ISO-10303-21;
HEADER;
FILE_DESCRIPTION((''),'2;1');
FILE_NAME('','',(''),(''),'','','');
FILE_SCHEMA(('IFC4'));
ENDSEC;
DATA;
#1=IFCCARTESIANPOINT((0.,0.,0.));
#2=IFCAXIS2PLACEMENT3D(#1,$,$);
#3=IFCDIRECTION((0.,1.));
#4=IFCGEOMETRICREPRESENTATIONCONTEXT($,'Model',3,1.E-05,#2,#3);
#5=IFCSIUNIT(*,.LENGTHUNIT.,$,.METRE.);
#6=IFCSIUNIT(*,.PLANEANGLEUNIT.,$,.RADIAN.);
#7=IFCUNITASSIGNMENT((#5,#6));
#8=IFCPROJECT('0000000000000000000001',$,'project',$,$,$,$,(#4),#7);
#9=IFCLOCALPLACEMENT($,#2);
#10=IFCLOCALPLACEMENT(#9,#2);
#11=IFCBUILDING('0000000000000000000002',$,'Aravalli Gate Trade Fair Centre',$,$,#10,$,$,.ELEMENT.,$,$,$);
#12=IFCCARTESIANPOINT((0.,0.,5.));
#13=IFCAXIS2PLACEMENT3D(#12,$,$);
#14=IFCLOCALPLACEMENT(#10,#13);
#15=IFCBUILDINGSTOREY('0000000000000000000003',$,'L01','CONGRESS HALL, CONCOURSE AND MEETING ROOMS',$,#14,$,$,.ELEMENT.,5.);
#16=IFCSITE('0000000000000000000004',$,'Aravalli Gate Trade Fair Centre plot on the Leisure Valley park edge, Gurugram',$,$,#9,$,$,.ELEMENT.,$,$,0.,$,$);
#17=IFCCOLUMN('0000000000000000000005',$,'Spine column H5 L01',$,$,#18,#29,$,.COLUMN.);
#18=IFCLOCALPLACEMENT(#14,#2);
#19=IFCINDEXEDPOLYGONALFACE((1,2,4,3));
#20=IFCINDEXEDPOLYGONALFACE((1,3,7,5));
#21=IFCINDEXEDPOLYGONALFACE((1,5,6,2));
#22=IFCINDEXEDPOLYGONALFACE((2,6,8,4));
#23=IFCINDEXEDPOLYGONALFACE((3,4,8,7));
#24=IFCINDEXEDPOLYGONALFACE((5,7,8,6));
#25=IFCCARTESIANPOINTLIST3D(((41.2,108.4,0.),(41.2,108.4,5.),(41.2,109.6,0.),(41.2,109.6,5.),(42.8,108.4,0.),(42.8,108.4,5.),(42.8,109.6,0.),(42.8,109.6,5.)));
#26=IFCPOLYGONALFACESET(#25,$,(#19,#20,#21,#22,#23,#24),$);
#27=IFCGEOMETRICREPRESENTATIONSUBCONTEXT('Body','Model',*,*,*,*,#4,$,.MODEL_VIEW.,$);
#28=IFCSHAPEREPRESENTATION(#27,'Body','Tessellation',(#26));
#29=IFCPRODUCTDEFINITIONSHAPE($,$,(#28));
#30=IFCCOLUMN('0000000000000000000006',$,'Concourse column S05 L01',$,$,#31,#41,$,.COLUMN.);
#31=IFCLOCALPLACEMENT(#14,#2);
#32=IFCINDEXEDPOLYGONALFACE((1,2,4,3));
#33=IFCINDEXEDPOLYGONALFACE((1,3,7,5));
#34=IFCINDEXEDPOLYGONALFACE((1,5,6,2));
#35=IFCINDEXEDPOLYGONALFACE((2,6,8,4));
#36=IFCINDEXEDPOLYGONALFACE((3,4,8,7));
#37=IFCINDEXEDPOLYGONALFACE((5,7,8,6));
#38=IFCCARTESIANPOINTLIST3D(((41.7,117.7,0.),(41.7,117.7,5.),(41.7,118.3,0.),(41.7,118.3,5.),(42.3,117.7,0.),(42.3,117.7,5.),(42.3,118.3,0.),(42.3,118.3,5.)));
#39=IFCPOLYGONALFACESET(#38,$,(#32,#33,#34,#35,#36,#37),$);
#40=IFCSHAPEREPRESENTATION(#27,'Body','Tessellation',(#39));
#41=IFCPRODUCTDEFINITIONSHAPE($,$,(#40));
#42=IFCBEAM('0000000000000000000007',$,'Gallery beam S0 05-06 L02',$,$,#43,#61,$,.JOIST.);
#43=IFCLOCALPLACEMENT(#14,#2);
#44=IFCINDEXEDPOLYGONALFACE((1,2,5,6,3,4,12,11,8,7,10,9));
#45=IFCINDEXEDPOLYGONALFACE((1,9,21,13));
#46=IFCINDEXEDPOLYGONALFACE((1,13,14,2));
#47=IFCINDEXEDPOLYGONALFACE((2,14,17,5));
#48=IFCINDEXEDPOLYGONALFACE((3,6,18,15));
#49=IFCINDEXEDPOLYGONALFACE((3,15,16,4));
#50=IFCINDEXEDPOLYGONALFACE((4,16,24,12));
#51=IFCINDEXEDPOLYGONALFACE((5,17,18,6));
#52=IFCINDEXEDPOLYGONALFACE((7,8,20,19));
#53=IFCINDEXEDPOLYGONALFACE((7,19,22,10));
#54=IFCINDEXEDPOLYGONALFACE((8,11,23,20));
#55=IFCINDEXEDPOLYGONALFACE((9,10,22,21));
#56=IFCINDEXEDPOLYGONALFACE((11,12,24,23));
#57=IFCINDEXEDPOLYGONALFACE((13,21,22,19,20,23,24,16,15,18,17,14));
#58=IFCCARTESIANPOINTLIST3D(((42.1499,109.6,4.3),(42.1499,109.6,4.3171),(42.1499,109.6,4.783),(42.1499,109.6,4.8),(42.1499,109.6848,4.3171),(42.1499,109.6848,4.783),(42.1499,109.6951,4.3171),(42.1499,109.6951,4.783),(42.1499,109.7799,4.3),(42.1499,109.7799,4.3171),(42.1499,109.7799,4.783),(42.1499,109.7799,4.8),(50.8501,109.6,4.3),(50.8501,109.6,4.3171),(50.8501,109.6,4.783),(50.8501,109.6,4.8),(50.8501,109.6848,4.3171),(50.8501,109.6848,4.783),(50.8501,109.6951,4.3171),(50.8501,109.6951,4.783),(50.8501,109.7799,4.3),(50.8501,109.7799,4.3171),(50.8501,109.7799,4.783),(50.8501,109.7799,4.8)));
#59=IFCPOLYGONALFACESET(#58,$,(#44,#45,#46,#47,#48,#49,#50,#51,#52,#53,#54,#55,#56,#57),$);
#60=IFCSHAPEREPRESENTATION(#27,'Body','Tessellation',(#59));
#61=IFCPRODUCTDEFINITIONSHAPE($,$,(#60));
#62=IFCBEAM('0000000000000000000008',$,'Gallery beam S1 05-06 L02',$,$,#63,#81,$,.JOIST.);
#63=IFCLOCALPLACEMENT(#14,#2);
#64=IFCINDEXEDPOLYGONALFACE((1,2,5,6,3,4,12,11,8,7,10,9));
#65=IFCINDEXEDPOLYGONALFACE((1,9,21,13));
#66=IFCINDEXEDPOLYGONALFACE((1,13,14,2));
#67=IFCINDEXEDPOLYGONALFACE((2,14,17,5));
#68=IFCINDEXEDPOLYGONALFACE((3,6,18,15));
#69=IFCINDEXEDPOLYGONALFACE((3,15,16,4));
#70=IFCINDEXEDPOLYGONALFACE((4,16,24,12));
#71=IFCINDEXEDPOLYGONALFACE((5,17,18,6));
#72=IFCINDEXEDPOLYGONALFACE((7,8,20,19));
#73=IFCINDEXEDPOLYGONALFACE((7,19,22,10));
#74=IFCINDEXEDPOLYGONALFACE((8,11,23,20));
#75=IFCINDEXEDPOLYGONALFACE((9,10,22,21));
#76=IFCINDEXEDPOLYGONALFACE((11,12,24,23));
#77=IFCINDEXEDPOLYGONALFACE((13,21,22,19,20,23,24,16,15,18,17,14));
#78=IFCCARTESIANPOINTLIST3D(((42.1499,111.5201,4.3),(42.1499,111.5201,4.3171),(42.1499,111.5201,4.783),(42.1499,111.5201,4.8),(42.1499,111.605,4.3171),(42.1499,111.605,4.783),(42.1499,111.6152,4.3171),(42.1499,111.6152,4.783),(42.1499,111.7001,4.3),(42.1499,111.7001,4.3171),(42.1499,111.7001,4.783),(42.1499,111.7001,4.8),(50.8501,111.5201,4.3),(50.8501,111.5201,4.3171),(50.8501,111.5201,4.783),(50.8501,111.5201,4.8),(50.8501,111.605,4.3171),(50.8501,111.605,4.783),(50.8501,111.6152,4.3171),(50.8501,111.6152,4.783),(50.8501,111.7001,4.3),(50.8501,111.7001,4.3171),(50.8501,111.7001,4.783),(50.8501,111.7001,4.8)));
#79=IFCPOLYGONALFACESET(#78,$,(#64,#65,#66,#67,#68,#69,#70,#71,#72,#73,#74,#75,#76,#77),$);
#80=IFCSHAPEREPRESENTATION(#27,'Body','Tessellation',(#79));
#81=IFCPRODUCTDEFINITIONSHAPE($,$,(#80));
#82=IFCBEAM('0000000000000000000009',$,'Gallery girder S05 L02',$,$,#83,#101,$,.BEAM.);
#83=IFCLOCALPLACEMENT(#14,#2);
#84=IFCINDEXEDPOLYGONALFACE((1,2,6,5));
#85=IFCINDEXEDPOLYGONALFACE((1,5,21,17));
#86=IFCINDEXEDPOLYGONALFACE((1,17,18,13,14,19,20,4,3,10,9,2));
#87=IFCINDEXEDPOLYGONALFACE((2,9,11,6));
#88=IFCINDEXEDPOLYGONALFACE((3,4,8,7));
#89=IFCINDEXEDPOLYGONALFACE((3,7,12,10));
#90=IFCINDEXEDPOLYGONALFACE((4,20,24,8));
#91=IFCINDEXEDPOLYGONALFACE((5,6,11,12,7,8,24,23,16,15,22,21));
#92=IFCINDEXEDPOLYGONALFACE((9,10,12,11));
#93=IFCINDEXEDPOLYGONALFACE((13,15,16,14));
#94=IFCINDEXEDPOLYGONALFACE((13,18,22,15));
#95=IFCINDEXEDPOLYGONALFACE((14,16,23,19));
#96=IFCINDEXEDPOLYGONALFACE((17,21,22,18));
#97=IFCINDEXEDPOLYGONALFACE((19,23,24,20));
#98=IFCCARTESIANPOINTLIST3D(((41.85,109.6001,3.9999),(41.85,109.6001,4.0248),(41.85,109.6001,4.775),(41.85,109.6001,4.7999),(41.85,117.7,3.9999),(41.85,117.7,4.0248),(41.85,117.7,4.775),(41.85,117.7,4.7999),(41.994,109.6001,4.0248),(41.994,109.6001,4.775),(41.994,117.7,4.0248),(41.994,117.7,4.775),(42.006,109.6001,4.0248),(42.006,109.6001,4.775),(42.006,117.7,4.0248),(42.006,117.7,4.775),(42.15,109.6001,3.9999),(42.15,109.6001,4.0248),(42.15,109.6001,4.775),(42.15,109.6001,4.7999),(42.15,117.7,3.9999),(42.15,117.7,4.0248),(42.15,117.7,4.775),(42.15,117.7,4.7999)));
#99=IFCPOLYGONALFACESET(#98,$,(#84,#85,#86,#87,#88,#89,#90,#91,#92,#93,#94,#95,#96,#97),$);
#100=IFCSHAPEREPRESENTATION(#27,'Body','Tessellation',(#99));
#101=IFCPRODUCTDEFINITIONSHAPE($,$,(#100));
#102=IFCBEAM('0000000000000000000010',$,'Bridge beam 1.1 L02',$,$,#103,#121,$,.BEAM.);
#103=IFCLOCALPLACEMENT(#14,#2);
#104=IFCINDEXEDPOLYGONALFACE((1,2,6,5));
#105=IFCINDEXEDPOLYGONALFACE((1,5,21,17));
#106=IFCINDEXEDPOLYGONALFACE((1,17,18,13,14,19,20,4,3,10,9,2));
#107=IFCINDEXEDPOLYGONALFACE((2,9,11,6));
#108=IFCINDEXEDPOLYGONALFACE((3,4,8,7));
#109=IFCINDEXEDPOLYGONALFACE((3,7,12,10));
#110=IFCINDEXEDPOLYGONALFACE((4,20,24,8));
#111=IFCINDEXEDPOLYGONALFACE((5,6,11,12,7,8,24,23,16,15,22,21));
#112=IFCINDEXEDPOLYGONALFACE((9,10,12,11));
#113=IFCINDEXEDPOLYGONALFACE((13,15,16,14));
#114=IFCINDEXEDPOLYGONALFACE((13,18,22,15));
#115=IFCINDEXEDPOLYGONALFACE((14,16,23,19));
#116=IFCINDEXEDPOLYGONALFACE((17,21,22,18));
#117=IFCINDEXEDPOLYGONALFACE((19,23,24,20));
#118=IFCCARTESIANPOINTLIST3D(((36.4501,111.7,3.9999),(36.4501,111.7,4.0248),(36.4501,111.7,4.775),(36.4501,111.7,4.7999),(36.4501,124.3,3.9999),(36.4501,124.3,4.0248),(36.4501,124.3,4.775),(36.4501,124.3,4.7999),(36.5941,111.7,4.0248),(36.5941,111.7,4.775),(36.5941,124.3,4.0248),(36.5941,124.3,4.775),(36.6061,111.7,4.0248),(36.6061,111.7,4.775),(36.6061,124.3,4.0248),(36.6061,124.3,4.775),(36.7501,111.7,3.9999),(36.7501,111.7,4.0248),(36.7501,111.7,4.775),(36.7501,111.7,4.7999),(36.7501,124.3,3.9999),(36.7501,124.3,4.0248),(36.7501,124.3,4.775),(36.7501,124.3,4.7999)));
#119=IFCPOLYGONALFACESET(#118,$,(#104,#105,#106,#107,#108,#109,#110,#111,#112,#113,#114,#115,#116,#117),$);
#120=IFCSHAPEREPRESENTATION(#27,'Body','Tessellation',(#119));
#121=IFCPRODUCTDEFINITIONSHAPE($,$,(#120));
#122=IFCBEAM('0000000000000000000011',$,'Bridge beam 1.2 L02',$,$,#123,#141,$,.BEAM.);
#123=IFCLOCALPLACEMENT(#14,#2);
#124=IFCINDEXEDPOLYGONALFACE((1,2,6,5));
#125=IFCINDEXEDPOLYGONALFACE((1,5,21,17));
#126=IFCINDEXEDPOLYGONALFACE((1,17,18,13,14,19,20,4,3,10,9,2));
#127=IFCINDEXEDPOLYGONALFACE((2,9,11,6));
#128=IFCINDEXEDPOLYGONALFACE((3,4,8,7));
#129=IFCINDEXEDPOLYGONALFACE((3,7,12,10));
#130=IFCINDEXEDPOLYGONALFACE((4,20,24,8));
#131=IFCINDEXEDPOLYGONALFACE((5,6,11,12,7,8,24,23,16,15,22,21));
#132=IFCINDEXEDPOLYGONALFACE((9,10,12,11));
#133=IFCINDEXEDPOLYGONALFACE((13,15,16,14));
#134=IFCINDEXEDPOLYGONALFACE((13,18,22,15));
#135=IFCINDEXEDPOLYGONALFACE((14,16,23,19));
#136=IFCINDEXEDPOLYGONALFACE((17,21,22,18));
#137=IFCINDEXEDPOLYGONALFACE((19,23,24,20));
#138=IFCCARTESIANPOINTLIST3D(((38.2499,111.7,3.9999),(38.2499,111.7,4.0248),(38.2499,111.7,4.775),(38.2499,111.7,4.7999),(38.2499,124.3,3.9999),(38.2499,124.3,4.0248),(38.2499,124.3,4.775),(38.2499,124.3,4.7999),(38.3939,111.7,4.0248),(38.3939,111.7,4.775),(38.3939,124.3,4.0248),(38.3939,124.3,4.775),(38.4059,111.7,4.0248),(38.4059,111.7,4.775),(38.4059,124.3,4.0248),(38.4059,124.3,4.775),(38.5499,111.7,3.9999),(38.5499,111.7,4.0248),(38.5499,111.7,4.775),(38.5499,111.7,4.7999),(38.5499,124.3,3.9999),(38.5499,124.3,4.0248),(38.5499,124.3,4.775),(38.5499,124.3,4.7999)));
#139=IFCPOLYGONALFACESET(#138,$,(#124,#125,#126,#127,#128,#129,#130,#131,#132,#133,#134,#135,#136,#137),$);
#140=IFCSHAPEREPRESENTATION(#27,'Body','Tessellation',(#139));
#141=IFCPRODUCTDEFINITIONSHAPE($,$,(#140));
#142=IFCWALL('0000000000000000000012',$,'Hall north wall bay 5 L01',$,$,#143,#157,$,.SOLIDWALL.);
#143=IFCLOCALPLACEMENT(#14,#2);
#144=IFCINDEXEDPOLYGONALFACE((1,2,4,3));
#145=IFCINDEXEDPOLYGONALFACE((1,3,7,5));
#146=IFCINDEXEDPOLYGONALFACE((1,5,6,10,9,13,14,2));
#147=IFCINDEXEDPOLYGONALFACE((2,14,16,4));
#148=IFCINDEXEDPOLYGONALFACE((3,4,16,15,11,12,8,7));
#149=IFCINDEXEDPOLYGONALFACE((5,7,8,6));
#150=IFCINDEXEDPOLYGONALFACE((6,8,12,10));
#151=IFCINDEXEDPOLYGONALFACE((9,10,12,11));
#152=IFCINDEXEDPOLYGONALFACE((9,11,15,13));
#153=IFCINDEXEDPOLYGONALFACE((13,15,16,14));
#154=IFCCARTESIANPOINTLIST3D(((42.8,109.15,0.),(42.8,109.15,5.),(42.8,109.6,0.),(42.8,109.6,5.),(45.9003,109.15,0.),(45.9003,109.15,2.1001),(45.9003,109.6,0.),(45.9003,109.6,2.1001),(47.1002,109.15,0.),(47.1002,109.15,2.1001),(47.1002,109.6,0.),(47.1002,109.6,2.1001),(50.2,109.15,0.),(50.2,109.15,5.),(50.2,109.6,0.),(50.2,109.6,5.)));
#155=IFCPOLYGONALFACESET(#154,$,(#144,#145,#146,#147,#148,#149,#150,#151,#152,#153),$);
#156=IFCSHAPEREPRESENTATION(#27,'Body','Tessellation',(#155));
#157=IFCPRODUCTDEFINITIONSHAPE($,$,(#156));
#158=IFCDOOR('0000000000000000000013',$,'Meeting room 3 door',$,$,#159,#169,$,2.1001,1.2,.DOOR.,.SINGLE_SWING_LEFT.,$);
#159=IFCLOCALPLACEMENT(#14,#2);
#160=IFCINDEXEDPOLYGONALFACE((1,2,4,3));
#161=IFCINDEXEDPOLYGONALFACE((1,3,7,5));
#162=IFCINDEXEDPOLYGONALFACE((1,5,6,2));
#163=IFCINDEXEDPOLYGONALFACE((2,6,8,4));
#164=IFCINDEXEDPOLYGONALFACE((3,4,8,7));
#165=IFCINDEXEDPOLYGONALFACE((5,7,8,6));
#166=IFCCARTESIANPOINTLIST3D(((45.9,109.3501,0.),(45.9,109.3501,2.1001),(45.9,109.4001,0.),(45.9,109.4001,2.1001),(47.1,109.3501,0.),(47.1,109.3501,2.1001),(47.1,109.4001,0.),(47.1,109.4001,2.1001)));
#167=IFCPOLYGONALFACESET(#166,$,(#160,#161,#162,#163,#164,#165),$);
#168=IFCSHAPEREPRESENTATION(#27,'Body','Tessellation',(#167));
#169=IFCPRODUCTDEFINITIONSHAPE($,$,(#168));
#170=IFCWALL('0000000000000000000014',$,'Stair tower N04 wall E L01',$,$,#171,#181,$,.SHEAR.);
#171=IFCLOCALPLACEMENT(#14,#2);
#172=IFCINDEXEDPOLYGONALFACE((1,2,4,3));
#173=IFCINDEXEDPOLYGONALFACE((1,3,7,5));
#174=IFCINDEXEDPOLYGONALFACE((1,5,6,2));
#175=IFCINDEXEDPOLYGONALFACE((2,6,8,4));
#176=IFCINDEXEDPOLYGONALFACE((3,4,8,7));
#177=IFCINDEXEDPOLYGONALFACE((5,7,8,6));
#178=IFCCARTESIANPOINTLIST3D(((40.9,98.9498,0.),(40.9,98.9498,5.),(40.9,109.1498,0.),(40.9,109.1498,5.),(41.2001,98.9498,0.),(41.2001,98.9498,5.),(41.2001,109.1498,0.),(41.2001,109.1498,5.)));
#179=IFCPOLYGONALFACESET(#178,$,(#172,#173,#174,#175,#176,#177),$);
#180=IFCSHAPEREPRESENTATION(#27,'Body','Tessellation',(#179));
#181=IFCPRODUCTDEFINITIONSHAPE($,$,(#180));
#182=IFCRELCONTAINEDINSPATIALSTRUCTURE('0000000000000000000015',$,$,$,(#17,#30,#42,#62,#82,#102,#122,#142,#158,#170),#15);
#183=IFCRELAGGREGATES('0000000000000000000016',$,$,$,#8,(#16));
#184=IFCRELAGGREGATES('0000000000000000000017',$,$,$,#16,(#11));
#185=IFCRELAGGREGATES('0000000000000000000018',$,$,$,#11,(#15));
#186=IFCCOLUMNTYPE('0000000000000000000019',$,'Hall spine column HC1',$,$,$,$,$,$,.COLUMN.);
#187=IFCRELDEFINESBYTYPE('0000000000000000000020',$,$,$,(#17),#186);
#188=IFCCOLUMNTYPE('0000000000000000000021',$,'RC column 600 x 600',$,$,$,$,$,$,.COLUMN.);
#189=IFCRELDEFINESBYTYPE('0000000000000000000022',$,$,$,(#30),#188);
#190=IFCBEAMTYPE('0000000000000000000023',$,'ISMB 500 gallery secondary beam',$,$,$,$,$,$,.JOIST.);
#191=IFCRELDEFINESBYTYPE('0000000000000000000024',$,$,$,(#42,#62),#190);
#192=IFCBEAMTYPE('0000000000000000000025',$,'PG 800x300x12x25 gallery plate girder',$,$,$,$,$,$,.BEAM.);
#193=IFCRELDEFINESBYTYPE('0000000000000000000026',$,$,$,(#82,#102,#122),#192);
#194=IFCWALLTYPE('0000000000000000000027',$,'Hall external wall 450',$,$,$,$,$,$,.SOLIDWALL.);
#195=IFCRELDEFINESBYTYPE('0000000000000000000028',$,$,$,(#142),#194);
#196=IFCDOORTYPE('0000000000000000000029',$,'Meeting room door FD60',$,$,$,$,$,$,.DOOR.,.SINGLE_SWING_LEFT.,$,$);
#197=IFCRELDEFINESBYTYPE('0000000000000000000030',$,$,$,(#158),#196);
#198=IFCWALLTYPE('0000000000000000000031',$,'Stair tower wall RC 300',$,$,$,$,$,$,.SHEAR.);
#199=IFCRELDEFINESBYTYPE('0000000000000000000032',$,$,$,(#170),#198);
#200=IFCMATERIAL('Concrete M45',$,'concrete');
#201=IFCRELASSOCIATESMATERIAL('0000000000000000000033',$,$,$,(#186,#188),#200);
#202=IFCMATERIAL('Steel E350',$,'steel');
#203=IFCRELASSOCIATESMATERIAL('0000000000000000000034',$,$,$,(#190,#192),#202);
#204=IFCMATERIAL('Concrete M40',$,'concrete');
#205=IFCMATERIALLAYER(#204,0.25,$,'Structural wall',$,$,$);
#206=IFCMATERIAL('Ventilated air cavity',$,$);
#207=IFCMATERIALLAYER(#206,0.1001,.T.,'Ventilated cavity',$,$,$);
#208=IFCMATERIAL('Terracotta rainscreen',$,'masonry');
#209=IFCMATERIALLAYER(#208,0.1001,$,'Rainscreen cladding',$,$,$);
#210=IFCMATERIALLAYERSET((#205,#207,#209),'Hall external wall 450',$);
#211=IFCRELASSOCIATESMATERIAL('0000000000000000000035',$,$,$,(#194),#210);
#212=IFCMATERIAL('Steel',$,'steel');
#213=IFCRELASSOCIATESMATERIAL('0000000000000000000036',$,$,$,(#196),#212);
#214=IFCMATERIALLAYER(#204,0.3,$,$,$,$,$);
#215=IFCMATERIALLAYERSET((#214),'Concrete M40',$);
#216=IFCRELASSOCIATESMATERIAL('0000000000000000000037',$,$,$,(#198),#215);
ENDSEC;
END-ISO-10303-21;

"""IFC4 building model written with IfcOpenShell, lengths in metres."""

from ifc_helpers import new_model, si_unit, direction, frame, frame_2d, origin, origin_2d, place, context, subcontext, project, spatial, rectangle, i_section, extrude, material, layer, layer_set, material_profile, profile_set, type_object, element, fill, save


model = new_model("IFC4")

# Units and contexts
model_context = context("Model", 3, precision=1e-05, world=origin(), true_north=direction((0.0, 1.0)))
body_context = subcontext(model_context, "Body", "Model", "MODEL_VIEW")
ifc_project = project(units=[si_unit("LENGTHUNIT", "METRE"), si_unit("PLANEANGLEUNIT", "RADIAN")], contexts=[model_context])

# Site, building, storey
site_placement = place(None, origin())
site = spatial("IfcSite", under=ifc_project, at=site_placement, Name="Aravalli Gate Trade Fair Centre plot on the Leisure Valley park edge, Gurugram", CompositionType="ELEMENT", RefElevation=0.0)
building_placement = place(site_placement, origin())
building = spatial("IfcBuilding", under=site, at=building_placement, Name="Aravalli Gate Trade Fair Centre", CompositionType="ELEMENT")
storey_placement = place(building_placement, frame((0.0, 0.0, 5.0)))
storey = spatial("IfcBuildingStorey", under=building, at=storey_placement, Name="L01", Description="CONGRESS HALL, CONCOURSE AND MEETING ROOMS", CompositionType="ELEMENT", Elevation=5.0)

# Columns
ifc_material_1 = material(Name="Concrete M45", Category="concrete")
ifc_material_profile_1 = material_profile(ifc_material_1, rectangle(XDim=1.6001, YDim=1.2, at=origin_2d()), Name="RC 1600x1200")
ifc_profile_set_1 = profile_set([ifc_material_profile_1], Name="Concrete M45")
column_type_1 = type_object("IfcColumnType", Name="Hall spine column HC1", PredefinedType="COLUMN", material=ifc_profile_set_1)
column_1_placement = place(storey_placement, frame((42.0, 109.0, 0.0), z_axis=(0.0, 0.0, 1.0), x_axis=(1.0, 0.0, 0.0)))
element("IfcColumn", 1, at=column_1_placement, inside=storey, type_object=column_type_1, Name="Spine column H5 L01", PredefinedType="COLUMN", context=body_context, shape_type="SweptSolid", body=[
    extrude(rectangle(XDim=1.6001, YDim=1.2, at=origin_2d()), origin(), (0.0, 0.0, 1.0), 5.0),
])
ifc_material_profile_2 = material_profile(ifc_material_1, rectangle(XDim=0.6001, YDim=0.6001, at=origin_2d()), Name="RC column 600 x 600")
ifc_profile_set_2 = profile_set([ifc_material_profile_2], Name="Concrete M45")
column_type_2 = type_object("IfcColumnType", Name="RC column 600 x 600", PredefinedType="COLUMN", material=ifc_profile_set_2)
column_2_placement = place(storey_placement, frame((42.0, 118.0, 0.0), z_axis=(0.0, 0.0, 1.0), x_axis=(1.0, 0.0, 0.0)))
element("IfcColumn", 2, at=column_2_placement, inside=storey, type_object=column_type_2, Name="Concourse column S05 L01", PredefinedType="COLUMN", context=body_context, shape_type="SweptSolid", body=[
    extrude(rectangle(XDim=0.6001, YDim=0.6001, at=origin_2d()), origin(), (0.0, 0.0, 1.0), 5.0),
])

# Beams
ifc_material_2 = material(Name="Steel E350", Category="steel")
ifc_material_profile_3 = material_profile(ifc_material_2, i_section(OverallWidth=0.1799, OverallDepth=0.5, WebThickness=0.0103, FlangeThickness=0.0171, at=origin_2d()), Name="ISMB 500")
ifc_profile_set_3 = profile_set([ifc_material_profile_3], Name="Steel E350")
beam_type_1 = type_object("IfcBeamType", Name="ISMB 500 gallery secondary beam", PredefinedType="JOIST", material=ifc_profile_set_3)
for number, where, z_axis, x_axis, name in (
    (3, (42.1499, 109.6899, 4.55), (1.0, 0.0, 0.0), (0.0, 1.0, 0.0), "Gallery beam S0 05-06 L02"),
    (4, (42.1499, 111.6101, 4.55), (1.0, 0.0, 0.0), (0.0, 1.0, 0.0), "Gallery beam S1 05-06 L02"),
):
    element("IfcBeam", number, at=place(storey_placement, frame(where, z_axis=z_axis, x_axis=x_axis)), inside=storey, type_object=beam_type_1, Name=name, PredefinedType="JOIST", context=body_context, shape_type="SweptSolid", body=[
        extrude(i_section(OverallWidth=0.1799, OverallDepth=0.5, WebThickness=0.0103, FlangeThickness=0.0171, at=origin_2d()), origin(), (0.0, 0.0, 1.0), 8.7002),
    ])
ifc_material_profile_4 = material_profile(ifc_material_2, i_section(OverallWidth=0.3, OverallDepth=0.8, WebThickness=0.012, FlangeThickness=0.0249, at=origin_2d()), Name="PG 800x300x12x25")
ifc_profile_set_4 = profile_set([ifc_material_profile_4], Name="Steel E350")
beam_type_2 = type_object("IfcBeamType", Name="PG 800x300x12x25 gallery plate girder", PredefinedType="BEAM", material=ifc_profile_set_4)
beam_placement = place(storey_placement, frame((42.0, 109.6001, 4.3999), z_axis=(0.0, 1.0, 0.0), x_axis=(-1.0, 0.0, 0.0)))
element("IfcBeam", 5, at=beam_placement, inside=storey, type_object=beam_type_2, Name="Gallery girder S05 L02", PredefinedType="BEAM", context=body_context, shape_type="SweptSolid", body=[
    extrude(i_section(OverallWidth=0.3, OverallDepth=0.8, WebThickness=0.012, FlangeThickness=0.0249, at=origin_2d()), origin(), (0.0, 0.0, 1.0), 8.0999),
])
for number, where, z_axis, x_axis, name in (
    (6, (36.6001, 111.7, 4.3999), (0.0, 1.0, 0.0), (-1.0, 0.0, 0.0), "Bridge beam 1.1 L02"),
    (7, (38.3999, 111.7, 4.3999), (0.0, 1.0, 0.0), (-1.0, 0.0, 0.0), "Bridge beam 1.2 L02"),
):
    element("IfcBeam", number, at=place(storey_placement, frame(where, z_axis=z_axis, x_axis=x_axis)), inside=storey, type_object=beam_type_2, Name=name, PredefinedType="BEAM", context=body_context, shape_type="SweptSolid", body=[
        extrude(i_section(OverallWidth=0.3, OverallDepth=0.8, WebThickness=0.012, FlangeThickness=0.0249, at=origin_2d()), origin(), (0.0, 0.0, 1.0), 12.6001),
    ])

# Wall, opening, door
ifc_material_3 = material(Name="Concrete M40", Category="concrete")
ifc_layer_1 = layer(ifc_material_3, 0.25, Name="Structural wall")
ifc_material_4 = material(Name="Ventilated air cavity")
ifc_layer_2 = layer(ifc_material_4, 0.1001, ventilated=True, Name="Ventilated cavity")
ifc_material_5 = material(Name="Terracotta rainscreen", Category="masonry")
ifc_layer_3 = layer(ifc_material_5, 0.1001, Name="Rainscreen cladding")
ifc_layer_set_1 = layer_set([ifc_layer_1, ifc_layer_2, ifc_layer_3], Name="Hall external wall 450")
wall_type_1 = type_object("IfcWallType", Name="Hall external wall 450", PredefinedType="SOLIDWALL", material=ifc_layer_set_1)
wall_1_placement = place(storey_placement, frame((42.8, 109.375, 0.0), z_axis=(0.0, 0.0, 1.0), x_axis=(1.0, 0.0, 0.0)))
wall_1 = element("IfcWall", 8, at=wall_1_placement, inside=storey, type_object=wall_type_1, Name="Hall north wall bay 5 L01", PredefinedType="SOLIDWALL", context=body_context, shape_type="SweptSolid", body=[
    extrude(rectangle(XDim=7.3999, YDim=0.45, at=frame_2d((3.7, 0.0))), origin(), (0.0, 0.0, 1.0), 5.0),
])
opening_placement = place(wall_1_placement, frame((3.1001, 0.0, 0.0)))
opening = element("IfcOpeningElement", 9, at=opening_placement, cuts=wall_1, PredefinedType="OPENING", context=body_context, shape_type="SweptSolid", body=[
    extrude(rectangle(XDim=1.2, YDim=2.1001, at=frame_2d((0.6001, 1.05))), frame((0.0, 0.2349, 0.0), z_axis=(0.0, -1.0, 0.0), x_axis=(1.0, 0.0, 0.0)), (0.0, 0.0, 1.0), 0.47),
])
ifc_material_6 = material(Name="Steel", Category="steel")
door_type = type_object("IfcDoorType", Name="Meeting room door FD60", OperationType="SINGLE_SWING_LEFT", PredefinedType="DOOR", material=ifc_material_6)
door_placement = place(opening_placement, frame((1.2, 0.0, 0.0), z_axis=(0.0, 0.0, 1.0), x_axis=(-1.0, 0.0, 0.0)))
door = element("IfcDoor", 10, at=door_placement, inside=storey, type_object=door_type, Name="Meeting room 3 door", OperationType="SINGLE_SWING_LEFT", OverallHeight=2.1001, OverallWidth=1.2, PredefinedType="DOOR", context=body_context, shape_type="SweptSolid", body=[
    extrude(rectangle(XDim=1.2, YDim=2.1001, at=frame_2d((0.6001, 1.05))), frame((0.0, 0.0249, 0.0), z_axis=(0.0, -1.0, 0.0), x_axis=(1.0, 0.0, 0.0)), (0.0, 0.0, 1.0), 0.05),
])
fill(opening, door)

# Wall
ifc_layer_4 = layer(ifc_material_3, 0.3)
ifc_layer_set_2 = layer_set([ifc_layer_4], Name="Concrete M40")
wall_type_2 = type_object("IfcWallType", Name="Stair tower wall RC 300", PredefinedType="SHEAR", material=ifc_layer_set_2)
wall_2_placement = place(storey_placement, frame((41.05, 109.1499, 0.0), z_axis=(0.0, 0.0, 1.0), x_axis=(0.0, -1.0, 0.0)))
element("IfcWall", 11, at=wall_2_placement, inside=storey, type_object=wall_type_2, Name="Stair tower N04 wall E L01", PredefinedType="SHEAR", context=body_context, shape_type="SweptSolid", body=[
    extrude(rectangle(XDim=10.2, YDim=0.3, at=frame_2d((5.1001, 0.0))), origin(), (0.0, 0.0, 1.0), 5.0),
])

save(model, "model.ifc")
